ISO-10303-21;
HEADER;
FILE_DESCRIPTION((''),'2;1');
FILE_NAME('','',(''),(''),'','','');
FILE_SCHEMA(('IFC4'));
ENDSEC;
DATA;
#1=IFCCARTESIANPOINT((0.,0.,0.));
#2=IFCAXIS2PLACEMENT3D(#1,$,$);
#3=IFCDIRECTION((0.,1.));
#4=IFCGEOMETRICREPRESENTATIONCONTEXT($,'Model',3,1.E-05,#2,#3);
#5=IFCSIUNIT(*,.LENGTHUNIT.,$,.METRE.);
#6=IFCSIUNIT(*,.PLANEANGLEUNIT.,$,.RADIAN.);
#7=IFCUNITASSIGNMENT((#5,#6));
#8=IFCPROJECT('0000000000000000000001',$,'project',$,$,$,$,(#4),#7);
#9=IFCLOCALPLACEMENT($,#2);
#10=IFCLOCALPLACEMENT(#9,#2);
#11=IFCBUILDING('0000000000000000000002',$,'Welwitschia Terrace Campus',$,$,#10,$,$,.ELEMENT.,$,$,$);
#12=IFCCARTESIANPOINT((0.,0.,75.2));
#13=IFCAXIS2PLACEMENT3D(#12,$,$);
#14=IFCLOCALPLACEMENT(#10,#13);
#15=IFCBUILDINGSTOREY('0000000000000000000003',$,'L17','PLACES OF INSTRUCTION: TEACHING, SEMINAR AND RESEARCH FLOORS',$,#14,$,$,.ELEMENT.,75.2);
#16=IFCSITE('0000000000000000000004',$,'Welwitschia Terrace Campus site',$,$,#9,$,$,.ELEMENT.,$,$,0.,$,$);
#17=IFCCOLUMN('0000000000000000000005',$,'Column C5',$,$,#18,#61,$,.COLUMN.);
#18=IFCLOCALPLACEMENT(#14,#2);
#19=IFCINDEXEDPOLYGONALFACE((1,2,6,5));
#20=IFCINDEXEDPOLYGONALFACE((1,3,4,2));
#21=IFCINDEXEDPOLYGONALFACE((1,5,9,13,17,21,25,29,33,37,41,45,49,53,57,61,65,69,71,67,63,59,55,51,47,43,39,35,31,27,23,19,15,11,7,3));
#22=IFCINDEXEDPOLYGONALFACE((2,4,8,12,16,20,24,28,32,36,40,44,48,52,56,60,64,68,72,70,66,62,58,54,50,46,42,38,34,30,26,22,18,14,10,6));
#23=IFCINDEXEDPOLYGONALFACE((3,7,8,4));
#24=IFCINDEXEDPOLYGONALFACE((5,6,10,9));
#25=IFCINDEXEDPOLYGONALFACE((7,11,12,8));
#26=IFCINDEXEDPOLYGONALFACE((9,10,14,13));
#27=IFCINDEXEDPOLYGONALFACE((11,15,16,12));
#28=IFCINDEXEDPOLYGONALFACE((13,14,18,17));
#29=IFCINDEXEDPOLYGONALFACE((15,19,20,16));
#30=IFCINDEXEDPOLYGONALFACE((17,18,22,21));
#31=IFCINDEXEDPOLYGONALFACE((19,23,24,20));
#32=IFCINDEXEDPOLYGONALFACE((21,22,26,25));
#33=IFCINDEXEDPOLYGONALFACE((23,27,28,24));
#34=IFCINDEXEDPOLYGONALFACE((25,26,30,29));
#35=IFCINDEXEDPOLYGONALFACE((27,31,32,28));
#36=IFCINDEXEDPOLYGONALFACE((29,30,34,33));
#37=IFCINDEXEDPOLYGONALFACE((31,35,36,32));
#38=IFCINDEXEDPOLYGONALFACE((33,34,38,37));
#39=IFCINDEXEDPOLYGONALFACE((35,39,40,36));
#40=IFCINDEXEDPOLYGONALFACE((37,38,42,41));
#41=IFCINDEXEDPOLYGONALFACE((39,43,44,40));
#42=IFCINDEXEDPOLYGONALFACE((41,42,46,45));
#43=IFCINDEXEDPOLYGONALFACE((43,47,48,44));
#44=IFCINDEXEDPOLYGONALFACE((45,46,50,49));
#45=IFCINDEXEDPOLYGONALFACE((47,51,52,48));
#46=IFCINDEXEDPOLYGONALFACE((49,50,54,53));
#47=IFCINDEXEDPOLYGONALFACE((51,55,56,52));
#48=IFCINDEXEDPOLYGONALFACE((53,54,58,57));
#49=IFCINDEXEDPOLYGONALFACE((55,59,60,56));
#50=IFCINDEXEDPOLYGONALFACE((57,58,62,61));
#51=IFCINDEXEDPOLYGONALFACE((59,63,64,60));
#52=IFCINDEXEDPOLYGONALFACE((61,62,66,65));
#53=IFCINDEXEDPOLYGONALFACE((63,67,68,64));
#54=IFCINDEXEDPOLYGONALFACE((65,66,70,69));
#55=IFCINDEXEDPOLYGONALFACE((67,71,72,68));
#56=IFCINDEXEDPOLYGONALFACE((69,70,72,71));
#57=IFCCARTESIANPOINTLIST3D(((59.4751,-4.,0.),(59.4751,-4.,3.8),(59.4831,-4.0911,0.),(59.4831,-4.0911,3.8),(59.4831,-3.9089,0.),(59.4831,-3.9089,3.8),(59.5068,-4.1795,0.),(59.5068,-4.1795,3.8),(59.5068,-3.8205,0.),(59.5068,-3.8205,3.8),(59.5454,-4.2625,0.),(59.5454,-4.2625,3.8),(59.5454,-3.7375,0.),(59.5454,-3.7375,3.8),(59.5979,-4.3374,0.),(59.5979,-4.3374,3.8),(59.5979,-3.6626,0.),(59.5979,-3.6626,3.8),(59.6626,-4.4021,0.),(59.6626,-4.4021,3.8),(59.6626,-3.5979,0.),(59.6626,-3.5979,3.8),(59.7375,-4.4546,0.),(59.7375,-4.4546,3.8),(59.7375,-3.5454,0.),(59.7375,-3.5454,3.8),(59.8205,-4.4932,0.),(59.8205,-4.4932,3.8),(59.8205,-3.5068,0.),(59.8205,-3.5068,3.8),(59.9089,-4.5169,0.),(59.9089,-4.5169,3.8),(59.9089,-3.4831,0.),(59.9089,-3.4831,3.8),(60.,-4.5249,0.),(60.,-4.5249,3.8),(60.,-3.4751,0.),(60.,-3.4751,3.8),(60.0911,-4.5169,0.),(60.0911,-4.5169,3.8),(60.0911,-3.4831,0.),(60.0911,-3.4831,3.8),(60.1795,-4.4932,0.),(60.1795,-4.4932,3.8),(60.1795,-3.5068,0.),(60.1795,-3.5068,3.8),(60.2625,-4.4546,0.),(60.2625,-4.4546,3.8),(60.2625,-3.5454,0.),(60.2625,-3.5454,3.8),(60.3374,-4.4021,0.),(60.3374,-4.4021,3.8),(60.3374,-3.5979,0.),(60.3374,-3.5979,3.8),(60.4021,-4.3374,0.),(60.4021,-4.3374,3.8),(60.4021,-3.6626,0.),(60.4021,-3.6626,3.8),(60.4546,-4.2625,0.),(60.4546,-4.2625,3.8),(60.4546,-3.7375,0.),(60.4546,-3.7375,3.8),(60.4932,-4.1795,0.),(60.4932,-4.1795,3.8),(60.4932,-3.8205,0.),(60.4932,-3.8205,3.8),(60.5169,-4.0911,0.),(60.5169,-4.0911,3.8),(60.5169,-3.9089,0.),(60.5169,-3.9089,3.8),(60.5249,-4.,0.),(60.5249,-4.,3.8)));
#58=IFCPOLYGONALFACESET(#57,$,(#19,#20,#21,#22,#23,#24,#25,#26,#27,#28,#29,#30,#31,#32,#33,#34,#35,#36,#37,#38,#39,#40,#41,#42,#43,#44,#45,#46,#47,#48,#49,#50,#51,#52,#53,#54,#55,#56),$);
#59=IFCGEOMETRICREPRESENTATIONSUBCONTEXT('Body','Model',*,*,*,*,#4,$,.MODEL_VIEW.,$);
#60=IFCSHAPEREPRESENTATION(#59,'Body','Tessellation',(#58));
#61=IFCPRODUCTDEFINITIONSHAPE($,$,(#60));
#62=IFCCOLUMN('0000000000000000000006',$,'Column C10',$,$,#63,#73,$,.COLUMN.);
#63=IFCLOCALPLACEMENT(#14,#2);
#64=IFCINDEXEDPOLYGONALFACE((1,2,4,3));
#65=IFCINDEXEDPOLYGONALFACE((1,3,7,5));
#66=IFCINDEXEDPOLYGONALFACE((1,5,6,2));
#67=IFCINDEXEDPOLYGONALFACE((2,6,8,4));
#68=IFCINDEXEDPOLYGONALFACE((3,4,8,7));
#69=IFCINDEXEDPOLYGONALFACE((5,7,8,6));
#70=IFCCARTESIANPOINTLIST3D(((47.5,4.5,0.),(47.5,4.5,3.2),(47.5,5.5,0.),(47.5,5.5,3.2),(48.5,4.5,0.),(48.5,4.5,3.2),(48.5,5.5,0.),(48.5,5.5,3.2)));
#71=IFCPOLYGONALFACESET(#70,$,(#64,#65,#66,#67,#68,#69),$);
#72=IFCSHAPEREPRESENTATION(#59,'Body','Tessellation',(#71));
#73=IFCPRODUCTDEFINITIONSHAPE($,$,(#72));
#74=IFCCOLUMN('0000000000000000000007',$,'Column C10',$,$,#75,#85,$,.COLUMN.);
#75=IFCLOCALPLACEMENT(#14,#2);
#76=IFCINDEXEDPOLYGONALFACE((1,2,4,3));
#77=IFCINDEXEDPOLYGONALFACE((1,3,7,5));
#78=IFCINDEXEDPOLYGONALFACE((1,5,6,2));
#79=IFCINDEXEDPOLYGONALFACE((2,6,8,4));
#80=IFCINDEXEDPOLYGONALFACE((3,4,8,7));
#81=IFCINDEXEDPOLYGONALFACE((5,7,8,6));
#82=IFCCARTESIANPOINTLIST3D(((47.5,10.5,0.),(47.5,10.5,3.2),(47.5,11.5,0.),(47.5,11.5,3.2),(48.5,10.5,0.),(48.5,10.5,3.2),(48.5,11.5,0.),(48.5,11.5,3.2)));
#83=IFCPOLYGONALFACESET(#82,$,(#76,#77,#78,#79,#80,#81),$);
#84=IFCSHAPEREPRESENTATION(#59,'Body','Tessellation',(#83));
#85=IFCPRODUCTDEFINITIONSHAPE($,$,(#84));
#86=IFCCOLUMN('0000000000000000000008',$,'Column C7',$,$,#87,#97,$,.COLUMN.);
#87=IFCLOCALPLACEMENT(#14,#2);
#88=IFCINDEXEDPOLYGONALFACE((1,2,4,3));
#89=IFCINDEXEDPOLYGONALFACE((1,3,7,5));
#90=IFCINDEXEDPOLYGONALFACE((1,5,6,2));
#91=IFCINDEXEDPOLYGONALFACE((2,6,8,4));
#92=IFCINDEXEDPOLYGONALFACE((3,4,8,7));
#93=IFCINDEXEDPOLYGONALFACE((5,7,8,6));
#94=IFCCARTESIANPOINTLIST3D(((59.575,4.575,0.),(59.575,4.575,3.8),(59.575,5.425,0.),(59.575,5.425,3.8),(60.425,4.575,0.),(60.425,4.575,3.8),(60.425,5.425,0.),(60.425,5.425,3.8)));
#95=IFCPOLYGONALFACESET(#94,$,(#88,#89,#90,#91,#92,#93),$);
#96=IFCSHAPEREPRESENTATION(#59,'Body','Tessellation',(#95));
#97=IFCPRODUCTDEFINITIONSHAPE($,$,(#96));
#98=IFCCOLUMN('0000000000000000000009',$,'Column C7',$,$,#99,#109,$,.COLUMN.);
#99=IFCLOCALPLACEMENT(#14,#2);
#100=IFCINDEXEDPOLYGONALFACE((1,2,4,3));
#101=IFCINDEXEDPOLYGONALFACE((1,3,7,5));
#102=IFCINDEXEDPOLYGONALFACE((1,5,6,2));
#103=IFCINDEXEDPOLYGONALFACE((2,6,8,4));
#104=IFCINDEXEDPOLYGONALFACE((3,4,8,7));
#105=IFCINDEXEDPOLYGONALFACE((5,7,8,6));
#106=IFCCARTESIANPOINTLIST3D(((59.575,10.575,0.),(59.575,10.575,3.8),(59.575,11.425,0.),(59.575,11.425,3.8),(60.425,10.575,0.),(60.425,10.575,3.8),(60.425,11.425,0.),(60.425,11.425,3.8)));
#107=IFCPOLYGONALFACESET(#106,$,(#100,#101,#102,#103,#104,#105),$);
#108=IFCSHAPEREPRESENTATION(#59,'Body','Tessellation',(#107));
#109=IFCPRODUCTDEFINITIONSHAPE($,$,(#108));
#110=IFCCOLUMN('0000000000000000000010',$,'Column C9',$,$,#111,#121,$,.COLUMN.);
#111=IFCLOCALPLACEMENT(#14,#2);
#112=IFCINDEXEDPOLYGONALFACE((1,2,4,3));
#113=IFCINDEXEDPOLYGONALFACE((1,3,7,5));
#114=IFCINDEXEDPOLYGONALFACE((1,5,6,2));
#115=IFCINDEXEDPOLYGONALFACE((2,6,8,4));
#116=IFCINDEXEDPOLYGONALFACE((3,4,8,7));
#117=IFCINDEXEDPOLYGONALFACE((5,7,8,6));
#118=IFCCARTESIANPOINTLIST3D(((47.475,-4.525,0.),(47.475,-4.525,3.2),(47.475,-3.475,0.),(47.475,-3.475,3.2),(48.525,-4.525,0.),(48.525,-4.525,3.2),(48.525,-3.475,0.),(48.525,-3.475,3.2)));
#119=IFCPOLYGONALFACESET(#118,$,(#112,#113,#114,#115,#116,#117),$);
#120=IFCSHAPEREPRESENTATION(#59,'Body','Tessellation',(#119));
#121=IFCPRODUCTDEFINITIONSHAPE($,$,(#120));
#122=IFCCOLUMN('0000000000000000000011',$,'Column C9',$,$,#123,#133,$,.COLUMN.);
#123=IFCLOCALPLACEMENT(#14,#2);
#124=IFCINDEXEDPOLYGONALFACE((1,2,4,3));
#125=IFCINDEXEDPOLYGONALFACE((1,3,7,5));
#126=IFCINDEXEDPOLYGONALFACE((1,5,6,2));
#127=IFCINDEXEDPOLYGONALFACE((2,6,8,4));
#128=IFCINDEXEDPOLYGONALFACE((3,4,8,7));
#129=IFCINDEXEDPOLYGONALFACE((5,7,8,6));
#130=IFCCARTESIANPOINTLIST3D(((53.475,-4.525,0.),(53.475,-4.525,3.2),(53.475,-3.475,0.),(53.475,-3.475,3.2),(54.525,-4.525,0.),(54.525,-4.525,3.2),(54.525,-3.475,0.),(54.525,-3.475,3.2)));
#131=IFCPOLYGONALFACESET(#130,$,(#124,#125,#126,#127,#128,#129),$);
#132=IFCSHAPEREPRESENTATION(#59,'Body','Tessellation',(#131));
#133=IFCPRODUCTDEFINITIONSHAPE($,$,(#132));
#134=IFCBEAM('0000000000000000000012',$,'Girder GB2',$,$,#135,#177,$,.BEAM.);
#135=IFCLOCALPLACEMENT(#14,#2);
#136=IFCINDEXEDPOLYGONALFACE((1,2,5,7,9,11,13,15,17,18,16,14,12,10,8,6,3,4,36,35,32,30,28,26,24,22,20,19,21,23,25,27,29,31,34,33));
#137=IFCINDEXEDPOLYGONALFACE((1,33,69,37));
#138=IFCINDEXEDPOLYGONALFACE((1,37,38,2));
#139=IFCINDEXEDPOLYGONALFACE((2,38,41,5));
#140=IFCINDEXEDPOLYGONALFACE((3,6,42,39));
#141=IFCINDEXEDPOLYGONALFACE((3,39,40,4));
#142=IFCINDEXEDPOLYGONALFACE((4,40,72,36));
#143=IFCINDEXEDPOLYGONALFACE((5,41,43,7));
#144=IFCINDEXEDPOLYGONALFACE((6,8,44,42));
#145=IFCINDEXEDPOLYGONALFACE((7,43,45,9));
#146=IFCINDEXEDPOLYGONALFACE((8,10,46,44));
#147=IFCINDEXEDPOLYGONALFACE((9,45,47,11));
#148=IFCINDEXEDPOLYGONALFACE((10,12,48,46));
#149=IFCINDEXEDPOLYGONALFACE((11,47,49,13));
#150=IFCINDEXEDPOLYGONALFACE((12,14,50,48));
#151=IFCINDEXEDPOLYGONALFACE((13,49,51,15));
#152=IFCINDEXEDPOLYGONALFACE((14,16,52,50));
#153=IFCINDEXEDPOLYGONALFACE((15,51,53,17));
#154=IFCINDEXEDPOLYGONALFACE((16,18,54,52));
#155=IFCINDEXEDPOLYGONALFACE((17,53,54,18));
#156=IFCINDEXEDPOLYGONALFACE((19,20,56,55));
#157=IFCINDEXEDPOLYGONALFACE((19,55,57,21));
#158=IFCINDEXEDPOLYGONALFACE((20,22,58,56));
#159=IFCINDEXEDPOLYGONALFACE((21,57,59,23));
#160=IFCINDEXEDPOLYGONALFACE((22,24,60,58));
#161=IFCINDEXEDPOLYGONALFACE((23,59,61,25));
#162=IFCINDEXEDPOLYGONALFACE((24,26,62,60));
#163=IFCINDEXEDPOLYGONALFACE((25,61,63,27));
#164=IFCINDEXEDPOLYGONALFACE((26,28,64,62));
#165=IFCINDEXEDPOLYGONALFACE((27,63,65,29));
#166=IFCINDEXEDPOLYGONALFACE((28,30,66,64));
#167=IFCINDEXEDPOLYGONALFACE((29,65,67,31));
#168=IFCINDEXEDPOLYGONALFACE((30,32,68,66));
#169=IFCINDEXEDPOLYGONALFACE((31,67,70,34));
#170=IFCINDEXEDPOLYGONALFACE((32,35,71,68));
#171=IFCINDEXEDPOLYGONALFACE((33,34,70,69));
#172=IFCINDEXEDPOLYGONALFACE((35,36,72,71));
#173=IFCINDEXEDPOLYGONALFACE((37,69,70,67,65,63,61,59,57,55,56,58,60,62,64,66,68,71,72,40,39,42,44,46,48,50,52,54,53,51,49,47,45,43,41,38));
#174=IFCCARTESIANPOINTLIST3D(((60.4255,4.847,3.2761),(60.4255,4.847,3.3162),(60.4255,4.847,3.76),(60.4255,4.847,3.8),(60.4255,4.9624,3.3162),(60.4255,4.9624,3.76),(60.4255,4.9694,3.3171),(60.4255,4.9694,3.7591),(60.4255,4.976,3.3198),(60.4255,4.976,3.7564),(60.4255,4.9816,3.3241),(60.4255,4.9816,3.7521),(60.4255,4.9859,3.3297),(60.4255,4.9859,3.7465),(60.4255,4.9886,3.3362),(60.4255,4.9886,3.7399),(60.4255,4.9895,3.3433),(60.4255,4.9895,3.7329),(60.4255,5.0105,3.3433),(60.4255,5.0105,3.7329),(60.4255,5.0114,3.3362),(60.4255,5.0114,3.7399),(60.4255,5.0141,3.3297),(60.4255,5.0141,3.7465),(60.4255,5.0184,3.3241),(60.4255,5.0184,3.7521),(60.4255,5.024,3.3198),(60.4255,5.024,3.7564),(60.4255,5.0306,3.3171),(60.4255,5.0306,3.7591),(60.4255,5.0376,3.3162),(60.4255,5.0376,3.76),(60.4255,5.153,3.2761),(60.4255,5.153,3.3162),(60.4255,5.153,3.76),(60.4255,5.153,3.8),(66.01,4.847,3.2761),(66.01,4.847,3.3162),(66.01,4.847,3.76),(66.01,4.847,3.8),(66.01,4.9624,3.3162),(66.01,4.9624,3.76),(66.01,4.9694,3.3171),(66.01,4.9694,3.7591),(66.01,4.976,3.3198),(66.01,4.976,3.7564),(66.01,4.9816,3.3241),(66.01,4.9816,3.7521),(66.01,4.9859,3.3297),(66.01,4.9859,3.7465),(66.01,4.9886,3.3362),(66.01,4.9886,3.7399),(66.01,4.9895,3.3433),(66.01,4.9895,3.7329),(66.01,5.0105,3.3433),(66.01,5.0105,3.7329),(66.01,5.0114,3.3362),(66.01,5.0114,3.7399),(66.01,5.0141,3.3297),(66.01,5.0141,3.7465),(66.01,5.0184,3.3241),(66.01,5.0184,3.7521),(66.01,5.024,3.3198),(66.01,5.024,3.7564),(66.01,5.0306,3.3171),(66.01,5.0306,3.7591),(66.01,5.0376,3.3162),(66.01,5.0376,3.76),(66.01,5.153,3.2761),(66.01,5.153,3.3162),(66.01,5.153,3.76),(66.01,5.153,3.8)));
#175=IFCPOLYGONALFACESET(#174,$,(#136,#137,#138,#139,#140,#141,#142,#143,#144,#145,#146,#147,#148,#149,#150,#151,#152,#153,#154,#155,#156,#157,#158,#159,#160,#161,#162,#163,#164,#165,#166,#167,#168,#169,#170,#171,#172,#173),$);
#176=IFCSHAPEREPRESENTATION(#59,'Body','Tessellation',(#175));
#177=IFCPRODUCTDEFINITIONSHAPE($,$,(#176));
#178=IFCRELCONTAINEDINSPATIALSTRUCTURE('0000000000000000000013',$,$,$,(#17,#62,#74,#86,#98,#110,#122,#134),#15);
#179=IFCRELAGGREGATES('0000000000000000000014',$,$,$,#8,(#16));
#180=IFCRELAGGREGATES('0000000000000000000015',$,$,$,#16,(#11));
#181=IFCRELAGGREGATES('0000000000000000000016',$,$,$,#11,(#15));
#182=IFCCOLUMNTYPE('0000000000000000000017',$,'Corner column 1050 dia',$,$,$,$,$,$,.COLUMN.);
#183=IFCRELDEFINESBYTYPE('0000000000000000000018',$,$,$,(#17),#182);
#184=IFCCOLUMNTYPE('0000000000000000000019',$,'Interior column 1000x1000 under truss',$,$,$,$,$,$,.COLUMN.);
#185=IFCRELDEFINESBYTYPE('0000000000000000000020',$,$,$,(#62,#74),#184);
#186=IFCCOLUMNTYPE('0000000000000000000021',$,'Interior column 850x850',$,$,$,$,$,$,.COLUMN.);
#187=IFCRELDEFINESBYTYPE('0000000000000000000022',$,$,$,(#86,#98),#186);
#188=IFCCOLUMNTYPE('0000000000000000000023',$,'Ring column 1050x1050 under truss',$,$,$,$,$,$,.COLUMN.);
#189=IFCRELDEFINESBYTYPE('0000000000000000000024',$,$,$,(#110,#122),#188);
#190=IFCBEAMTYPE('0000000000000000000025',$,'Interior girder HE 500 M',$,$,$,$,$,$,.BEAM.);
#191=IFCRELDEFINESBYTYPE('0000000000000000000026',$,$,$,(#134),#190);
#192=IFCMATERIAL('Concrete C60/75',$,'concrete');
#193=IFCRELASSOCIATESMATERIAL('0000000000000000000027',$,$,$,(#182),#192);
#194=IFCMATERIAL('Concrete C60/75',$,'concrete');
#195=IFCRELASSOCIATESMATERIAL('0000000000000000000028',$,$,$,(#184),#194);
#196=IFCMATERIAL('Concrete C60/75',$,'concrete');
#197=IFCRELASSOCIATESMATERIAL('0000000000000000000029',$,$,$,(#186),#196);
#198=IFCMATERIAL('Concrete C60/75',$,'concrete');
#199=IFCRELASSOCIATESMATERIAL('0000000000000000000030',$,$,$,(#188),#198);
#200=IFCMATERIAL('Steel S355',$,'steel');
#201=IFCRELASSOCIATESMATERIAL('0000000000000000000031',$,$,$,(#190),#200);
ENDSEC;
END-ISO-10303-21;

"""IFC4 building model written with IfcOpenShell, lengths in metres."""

from ifc_helpers import new_model, si_unit, direction, frame, origin, origin_2d, place, context, subcontext, project, spatial, rectangle, circle, i_section, extrude, material, material_profile, profile_set, type_object, element, save


model = new_model("IFC4")

# Units and contexts
model_context = context("Model", 3, precision=1e-05, world=origin(), true_north=direction((0.0, 1.0)))
body_context = subcontext(model_context, "Body", "Model", "MODEL_VIEW")
ifc_project = project(units=[si_unit("LENGTHUNIT", "METRE"), si_unit("PLANEANGLEUNIT", "RADIAN")], contexts=[model_context])

# Site, building, storey
site_placement = place(None, origin())
site = spatial("IfcSite", under=ifc_project, at=site_placement, Name="Welwitschia Terrace Campus site", CompositionType="ELEMENT", RefElevation=0.0)
building_placement = place(site_placement, origin())
building = spatial("IfcBuilding", under=site, at=building_placement, Name="Welwitschia Terrace Campus", CompositionType="ELEMENT")
storey_placement = place(building_placement, frame((0.0, 0.0, 75.2)))
storey = spatial("IfcBuildingStorey", under=building, at=storey_placement, Name="L17", Description="PLACES OF INSTRUCTION: TEACHING, SEMINAR AND RESEARCH FLOORS", CompositionType="ELEMENT", Elevation=75.2)

# Columns
ifc_material_1 = material(Name="Concrete C60/75", Category="concrete")
ifc_material_profile_1 = material_profile(ifc_material_1, circle(Radius=0.5249, at=origin_2d()))
ifc_profile_set_1 = profile_set([ifc_material_profile_1], Name="Concrete C60/75")
column_type_1 = type_object("IfcColumnType", Name="Corner column 1050 dia", PredefinedType="COLUMN", material=ifc_profile_set_1)
column_placement = place(storey_placement, frame((60.0, -4.0, 0.0), z_axis=(0.0, 0.0, 1.0), x_axis=(1.0, 0.0, 0.0)))
element("IfcColumn", 1, at=column_placement, inside=storey, type_object=column_type_1, Name="Column C5", PredefinedType="COLUMN", context=body_context, shape_type="SweptSolid", body=[
    extrude(circle(Radius=0.5249, at=origin_2d()), origin(), (0.0, 0.0, 1.0), 3.8),
])
ifc_material_2 = material(Name="Concrete C60/75", Category="concrete")
ifc_material_profile_2 = material_profile(ifc_material_2, rectangle(XDim=1.0, YDim=1.0, at=origin_2d()))
ifc_profile_set_2 = profile_set([ifc_material_profile_2], Name="Concrete C60/75")
column_type_2 = type_object("IfcColumnType", Name="Interior column 1000x1000 under truss", PredefinedType="COLUMN", material=ifc_profile_set_2)
for number, where, z_axis, x_axis, name in (
    (2, (48.0, 5.0, 0.0), (0.0, 0.0, 1.0), (1.0, 0.0, 0.0), "Column C10"),
    (3, (48.0, 11.0, 0.0), (0.0, 0.0, 1.0), (1.0, 0.0, 0.0), "Column C10"),
):
    element("IfcColumn", number, at=place(storey_placement, frame(where, z_axis=z_axis, x_axis=x_axis)), inside=storey, type_object=column_type_2, Name=name, PredefinedType="COLUMN", context=body_context, shape_type="SweptSolid", body=[
        extrude(rectangle(XDim=1.0, YDim=1.0, at=origin_2d()), origin(), (0.0, 0.0, 1.0), 3.2),
    ])
ifc_material_3 = material(Name="Concrete C60/75", Category="concrete")
ifc_material_profile_3 = material_profile(ifc_material_3, rectangle(XDim=0.8501, YDim=0.8501, at=origin_2d()))
ifc_profile_set_3 = profile_set([ifc_material_profile_3], Name="Concrete C60/75")
column_type_3 = type_object("IfcColumnType", Name="Interior column 850x850", PredefinedType="COLUMN", material=ifc_profile_set_3)
for number, where, z_axis, x_axis, name in (
    (4, (60.0, 5.0, 0.0), (0.0, 0.0, 1.0), (1.0, 0.0, 0.0), "Column C7"),
    (5, (60.0, 11.0, 0.0), (0.0, 0.0, 1.0), (1.0, 0.0, 0.0), "Column C7"),
):
    element("IfcColumn", number, at=place(storey_placement, frame(where, z_axis=z_axis, x_axis=x_axis)), inside=storey, type_object=column_type_3, Name=name, PredefinedType="COLUMN", context=body_context, shape_type="SweptSolid", body=[
        extrude(rectangle(XDim=0.8501, YDim=0.8501, at=origin_2d()), origin(), (0.0, 0.0, 1.0), 3.8),
    ])
ifc_material_4 = material(Name="Concrete C60/75", Category="concrete")
ifc_material_profile_4 = material_profile(ifc_material_4, rectangle(XDim=1.05, YDim=1.05, at=origin_2d()))
ifc_profile_set_4 = profile_set([ifc_material_profile_4], Name="Concrete C60/75")
column_type_4 = type_object("IfcColumnType", Name="Ring column 1050x1050 under truss", PredefinedType="COLUMN", material=ifc_profile_set_4)
for number, where, z_axis, x_axis, name in (
    (6, (48.0, -4.0, 0.0), (0.0, 0.0, 1.0), (1.0, 0.0, 0.0), "Column C9"),
    (7, (54.0, -4.0, 0.0), (0.0, 0.0, 1.0), (1.0, 0.0, 0.0), "Column C9"),
):
    element("IfcColumn", number, at=place(storey_placement, frame(where, z_axis=z_axis, x_axis=x_axis)), inside=storey, type_object=column_type_4, Name=name, PredefinedType="COLUMN", context=body_context, shape_type="SweptSolid", body=[
        extrude(rectangle(XDim=1.05, YDim=1.05, at=origin_2d()), origin(), (0.0, 0.0, 1.0), 3.2),
    ])

# Beam
ifc_material_5 = material(Name="Steel S355", Category="steel")
ifc_material_profile_5 = material_profile(ifc_material_5, i_section(OverallWidth=0.3059, OverallDepth=0.5239, WebThickness=0.021, FlangeThickness=0.04, FilletRadius=0.0271, at=origin_2d()))
ifc_profile_set_5 = profile_set([ifc_material_profile_5], Name="Steel S355")
beam_type_1 = type_object("IfcBeamType", Name="Interior girder HE 500 M", PredefinedType="BEAM", material=ifc_profile_set_5)
for number, where, z_axis, x_axis, name in (
    (8, (60.4255, 5.0, 3.5381), (1.0, 0.0, 0.0), (0.0, 1.0, 0.0), "Girder GB2"),
):
    element("IfcBeam", number, at=place(storey_placement, frame(where, z_axis=z_axis, x_axis=x_axis)), inside=storey, type_object=beam_type_1, Name=name, PredefinedType="BEAM", context=body_context, shape_type="SweptSolid", body=[
        extrude(i_section(OverallWidth=0.3059, OverallDepth=0.5239, WebThickness=0.021, FlangeThickness=0.04, FilletRadius=0.0271, at=origin_2d()), origin(), (0.0, 0.0, 1.0), 5.5845),
    ])

save(model, "model.ifc")
